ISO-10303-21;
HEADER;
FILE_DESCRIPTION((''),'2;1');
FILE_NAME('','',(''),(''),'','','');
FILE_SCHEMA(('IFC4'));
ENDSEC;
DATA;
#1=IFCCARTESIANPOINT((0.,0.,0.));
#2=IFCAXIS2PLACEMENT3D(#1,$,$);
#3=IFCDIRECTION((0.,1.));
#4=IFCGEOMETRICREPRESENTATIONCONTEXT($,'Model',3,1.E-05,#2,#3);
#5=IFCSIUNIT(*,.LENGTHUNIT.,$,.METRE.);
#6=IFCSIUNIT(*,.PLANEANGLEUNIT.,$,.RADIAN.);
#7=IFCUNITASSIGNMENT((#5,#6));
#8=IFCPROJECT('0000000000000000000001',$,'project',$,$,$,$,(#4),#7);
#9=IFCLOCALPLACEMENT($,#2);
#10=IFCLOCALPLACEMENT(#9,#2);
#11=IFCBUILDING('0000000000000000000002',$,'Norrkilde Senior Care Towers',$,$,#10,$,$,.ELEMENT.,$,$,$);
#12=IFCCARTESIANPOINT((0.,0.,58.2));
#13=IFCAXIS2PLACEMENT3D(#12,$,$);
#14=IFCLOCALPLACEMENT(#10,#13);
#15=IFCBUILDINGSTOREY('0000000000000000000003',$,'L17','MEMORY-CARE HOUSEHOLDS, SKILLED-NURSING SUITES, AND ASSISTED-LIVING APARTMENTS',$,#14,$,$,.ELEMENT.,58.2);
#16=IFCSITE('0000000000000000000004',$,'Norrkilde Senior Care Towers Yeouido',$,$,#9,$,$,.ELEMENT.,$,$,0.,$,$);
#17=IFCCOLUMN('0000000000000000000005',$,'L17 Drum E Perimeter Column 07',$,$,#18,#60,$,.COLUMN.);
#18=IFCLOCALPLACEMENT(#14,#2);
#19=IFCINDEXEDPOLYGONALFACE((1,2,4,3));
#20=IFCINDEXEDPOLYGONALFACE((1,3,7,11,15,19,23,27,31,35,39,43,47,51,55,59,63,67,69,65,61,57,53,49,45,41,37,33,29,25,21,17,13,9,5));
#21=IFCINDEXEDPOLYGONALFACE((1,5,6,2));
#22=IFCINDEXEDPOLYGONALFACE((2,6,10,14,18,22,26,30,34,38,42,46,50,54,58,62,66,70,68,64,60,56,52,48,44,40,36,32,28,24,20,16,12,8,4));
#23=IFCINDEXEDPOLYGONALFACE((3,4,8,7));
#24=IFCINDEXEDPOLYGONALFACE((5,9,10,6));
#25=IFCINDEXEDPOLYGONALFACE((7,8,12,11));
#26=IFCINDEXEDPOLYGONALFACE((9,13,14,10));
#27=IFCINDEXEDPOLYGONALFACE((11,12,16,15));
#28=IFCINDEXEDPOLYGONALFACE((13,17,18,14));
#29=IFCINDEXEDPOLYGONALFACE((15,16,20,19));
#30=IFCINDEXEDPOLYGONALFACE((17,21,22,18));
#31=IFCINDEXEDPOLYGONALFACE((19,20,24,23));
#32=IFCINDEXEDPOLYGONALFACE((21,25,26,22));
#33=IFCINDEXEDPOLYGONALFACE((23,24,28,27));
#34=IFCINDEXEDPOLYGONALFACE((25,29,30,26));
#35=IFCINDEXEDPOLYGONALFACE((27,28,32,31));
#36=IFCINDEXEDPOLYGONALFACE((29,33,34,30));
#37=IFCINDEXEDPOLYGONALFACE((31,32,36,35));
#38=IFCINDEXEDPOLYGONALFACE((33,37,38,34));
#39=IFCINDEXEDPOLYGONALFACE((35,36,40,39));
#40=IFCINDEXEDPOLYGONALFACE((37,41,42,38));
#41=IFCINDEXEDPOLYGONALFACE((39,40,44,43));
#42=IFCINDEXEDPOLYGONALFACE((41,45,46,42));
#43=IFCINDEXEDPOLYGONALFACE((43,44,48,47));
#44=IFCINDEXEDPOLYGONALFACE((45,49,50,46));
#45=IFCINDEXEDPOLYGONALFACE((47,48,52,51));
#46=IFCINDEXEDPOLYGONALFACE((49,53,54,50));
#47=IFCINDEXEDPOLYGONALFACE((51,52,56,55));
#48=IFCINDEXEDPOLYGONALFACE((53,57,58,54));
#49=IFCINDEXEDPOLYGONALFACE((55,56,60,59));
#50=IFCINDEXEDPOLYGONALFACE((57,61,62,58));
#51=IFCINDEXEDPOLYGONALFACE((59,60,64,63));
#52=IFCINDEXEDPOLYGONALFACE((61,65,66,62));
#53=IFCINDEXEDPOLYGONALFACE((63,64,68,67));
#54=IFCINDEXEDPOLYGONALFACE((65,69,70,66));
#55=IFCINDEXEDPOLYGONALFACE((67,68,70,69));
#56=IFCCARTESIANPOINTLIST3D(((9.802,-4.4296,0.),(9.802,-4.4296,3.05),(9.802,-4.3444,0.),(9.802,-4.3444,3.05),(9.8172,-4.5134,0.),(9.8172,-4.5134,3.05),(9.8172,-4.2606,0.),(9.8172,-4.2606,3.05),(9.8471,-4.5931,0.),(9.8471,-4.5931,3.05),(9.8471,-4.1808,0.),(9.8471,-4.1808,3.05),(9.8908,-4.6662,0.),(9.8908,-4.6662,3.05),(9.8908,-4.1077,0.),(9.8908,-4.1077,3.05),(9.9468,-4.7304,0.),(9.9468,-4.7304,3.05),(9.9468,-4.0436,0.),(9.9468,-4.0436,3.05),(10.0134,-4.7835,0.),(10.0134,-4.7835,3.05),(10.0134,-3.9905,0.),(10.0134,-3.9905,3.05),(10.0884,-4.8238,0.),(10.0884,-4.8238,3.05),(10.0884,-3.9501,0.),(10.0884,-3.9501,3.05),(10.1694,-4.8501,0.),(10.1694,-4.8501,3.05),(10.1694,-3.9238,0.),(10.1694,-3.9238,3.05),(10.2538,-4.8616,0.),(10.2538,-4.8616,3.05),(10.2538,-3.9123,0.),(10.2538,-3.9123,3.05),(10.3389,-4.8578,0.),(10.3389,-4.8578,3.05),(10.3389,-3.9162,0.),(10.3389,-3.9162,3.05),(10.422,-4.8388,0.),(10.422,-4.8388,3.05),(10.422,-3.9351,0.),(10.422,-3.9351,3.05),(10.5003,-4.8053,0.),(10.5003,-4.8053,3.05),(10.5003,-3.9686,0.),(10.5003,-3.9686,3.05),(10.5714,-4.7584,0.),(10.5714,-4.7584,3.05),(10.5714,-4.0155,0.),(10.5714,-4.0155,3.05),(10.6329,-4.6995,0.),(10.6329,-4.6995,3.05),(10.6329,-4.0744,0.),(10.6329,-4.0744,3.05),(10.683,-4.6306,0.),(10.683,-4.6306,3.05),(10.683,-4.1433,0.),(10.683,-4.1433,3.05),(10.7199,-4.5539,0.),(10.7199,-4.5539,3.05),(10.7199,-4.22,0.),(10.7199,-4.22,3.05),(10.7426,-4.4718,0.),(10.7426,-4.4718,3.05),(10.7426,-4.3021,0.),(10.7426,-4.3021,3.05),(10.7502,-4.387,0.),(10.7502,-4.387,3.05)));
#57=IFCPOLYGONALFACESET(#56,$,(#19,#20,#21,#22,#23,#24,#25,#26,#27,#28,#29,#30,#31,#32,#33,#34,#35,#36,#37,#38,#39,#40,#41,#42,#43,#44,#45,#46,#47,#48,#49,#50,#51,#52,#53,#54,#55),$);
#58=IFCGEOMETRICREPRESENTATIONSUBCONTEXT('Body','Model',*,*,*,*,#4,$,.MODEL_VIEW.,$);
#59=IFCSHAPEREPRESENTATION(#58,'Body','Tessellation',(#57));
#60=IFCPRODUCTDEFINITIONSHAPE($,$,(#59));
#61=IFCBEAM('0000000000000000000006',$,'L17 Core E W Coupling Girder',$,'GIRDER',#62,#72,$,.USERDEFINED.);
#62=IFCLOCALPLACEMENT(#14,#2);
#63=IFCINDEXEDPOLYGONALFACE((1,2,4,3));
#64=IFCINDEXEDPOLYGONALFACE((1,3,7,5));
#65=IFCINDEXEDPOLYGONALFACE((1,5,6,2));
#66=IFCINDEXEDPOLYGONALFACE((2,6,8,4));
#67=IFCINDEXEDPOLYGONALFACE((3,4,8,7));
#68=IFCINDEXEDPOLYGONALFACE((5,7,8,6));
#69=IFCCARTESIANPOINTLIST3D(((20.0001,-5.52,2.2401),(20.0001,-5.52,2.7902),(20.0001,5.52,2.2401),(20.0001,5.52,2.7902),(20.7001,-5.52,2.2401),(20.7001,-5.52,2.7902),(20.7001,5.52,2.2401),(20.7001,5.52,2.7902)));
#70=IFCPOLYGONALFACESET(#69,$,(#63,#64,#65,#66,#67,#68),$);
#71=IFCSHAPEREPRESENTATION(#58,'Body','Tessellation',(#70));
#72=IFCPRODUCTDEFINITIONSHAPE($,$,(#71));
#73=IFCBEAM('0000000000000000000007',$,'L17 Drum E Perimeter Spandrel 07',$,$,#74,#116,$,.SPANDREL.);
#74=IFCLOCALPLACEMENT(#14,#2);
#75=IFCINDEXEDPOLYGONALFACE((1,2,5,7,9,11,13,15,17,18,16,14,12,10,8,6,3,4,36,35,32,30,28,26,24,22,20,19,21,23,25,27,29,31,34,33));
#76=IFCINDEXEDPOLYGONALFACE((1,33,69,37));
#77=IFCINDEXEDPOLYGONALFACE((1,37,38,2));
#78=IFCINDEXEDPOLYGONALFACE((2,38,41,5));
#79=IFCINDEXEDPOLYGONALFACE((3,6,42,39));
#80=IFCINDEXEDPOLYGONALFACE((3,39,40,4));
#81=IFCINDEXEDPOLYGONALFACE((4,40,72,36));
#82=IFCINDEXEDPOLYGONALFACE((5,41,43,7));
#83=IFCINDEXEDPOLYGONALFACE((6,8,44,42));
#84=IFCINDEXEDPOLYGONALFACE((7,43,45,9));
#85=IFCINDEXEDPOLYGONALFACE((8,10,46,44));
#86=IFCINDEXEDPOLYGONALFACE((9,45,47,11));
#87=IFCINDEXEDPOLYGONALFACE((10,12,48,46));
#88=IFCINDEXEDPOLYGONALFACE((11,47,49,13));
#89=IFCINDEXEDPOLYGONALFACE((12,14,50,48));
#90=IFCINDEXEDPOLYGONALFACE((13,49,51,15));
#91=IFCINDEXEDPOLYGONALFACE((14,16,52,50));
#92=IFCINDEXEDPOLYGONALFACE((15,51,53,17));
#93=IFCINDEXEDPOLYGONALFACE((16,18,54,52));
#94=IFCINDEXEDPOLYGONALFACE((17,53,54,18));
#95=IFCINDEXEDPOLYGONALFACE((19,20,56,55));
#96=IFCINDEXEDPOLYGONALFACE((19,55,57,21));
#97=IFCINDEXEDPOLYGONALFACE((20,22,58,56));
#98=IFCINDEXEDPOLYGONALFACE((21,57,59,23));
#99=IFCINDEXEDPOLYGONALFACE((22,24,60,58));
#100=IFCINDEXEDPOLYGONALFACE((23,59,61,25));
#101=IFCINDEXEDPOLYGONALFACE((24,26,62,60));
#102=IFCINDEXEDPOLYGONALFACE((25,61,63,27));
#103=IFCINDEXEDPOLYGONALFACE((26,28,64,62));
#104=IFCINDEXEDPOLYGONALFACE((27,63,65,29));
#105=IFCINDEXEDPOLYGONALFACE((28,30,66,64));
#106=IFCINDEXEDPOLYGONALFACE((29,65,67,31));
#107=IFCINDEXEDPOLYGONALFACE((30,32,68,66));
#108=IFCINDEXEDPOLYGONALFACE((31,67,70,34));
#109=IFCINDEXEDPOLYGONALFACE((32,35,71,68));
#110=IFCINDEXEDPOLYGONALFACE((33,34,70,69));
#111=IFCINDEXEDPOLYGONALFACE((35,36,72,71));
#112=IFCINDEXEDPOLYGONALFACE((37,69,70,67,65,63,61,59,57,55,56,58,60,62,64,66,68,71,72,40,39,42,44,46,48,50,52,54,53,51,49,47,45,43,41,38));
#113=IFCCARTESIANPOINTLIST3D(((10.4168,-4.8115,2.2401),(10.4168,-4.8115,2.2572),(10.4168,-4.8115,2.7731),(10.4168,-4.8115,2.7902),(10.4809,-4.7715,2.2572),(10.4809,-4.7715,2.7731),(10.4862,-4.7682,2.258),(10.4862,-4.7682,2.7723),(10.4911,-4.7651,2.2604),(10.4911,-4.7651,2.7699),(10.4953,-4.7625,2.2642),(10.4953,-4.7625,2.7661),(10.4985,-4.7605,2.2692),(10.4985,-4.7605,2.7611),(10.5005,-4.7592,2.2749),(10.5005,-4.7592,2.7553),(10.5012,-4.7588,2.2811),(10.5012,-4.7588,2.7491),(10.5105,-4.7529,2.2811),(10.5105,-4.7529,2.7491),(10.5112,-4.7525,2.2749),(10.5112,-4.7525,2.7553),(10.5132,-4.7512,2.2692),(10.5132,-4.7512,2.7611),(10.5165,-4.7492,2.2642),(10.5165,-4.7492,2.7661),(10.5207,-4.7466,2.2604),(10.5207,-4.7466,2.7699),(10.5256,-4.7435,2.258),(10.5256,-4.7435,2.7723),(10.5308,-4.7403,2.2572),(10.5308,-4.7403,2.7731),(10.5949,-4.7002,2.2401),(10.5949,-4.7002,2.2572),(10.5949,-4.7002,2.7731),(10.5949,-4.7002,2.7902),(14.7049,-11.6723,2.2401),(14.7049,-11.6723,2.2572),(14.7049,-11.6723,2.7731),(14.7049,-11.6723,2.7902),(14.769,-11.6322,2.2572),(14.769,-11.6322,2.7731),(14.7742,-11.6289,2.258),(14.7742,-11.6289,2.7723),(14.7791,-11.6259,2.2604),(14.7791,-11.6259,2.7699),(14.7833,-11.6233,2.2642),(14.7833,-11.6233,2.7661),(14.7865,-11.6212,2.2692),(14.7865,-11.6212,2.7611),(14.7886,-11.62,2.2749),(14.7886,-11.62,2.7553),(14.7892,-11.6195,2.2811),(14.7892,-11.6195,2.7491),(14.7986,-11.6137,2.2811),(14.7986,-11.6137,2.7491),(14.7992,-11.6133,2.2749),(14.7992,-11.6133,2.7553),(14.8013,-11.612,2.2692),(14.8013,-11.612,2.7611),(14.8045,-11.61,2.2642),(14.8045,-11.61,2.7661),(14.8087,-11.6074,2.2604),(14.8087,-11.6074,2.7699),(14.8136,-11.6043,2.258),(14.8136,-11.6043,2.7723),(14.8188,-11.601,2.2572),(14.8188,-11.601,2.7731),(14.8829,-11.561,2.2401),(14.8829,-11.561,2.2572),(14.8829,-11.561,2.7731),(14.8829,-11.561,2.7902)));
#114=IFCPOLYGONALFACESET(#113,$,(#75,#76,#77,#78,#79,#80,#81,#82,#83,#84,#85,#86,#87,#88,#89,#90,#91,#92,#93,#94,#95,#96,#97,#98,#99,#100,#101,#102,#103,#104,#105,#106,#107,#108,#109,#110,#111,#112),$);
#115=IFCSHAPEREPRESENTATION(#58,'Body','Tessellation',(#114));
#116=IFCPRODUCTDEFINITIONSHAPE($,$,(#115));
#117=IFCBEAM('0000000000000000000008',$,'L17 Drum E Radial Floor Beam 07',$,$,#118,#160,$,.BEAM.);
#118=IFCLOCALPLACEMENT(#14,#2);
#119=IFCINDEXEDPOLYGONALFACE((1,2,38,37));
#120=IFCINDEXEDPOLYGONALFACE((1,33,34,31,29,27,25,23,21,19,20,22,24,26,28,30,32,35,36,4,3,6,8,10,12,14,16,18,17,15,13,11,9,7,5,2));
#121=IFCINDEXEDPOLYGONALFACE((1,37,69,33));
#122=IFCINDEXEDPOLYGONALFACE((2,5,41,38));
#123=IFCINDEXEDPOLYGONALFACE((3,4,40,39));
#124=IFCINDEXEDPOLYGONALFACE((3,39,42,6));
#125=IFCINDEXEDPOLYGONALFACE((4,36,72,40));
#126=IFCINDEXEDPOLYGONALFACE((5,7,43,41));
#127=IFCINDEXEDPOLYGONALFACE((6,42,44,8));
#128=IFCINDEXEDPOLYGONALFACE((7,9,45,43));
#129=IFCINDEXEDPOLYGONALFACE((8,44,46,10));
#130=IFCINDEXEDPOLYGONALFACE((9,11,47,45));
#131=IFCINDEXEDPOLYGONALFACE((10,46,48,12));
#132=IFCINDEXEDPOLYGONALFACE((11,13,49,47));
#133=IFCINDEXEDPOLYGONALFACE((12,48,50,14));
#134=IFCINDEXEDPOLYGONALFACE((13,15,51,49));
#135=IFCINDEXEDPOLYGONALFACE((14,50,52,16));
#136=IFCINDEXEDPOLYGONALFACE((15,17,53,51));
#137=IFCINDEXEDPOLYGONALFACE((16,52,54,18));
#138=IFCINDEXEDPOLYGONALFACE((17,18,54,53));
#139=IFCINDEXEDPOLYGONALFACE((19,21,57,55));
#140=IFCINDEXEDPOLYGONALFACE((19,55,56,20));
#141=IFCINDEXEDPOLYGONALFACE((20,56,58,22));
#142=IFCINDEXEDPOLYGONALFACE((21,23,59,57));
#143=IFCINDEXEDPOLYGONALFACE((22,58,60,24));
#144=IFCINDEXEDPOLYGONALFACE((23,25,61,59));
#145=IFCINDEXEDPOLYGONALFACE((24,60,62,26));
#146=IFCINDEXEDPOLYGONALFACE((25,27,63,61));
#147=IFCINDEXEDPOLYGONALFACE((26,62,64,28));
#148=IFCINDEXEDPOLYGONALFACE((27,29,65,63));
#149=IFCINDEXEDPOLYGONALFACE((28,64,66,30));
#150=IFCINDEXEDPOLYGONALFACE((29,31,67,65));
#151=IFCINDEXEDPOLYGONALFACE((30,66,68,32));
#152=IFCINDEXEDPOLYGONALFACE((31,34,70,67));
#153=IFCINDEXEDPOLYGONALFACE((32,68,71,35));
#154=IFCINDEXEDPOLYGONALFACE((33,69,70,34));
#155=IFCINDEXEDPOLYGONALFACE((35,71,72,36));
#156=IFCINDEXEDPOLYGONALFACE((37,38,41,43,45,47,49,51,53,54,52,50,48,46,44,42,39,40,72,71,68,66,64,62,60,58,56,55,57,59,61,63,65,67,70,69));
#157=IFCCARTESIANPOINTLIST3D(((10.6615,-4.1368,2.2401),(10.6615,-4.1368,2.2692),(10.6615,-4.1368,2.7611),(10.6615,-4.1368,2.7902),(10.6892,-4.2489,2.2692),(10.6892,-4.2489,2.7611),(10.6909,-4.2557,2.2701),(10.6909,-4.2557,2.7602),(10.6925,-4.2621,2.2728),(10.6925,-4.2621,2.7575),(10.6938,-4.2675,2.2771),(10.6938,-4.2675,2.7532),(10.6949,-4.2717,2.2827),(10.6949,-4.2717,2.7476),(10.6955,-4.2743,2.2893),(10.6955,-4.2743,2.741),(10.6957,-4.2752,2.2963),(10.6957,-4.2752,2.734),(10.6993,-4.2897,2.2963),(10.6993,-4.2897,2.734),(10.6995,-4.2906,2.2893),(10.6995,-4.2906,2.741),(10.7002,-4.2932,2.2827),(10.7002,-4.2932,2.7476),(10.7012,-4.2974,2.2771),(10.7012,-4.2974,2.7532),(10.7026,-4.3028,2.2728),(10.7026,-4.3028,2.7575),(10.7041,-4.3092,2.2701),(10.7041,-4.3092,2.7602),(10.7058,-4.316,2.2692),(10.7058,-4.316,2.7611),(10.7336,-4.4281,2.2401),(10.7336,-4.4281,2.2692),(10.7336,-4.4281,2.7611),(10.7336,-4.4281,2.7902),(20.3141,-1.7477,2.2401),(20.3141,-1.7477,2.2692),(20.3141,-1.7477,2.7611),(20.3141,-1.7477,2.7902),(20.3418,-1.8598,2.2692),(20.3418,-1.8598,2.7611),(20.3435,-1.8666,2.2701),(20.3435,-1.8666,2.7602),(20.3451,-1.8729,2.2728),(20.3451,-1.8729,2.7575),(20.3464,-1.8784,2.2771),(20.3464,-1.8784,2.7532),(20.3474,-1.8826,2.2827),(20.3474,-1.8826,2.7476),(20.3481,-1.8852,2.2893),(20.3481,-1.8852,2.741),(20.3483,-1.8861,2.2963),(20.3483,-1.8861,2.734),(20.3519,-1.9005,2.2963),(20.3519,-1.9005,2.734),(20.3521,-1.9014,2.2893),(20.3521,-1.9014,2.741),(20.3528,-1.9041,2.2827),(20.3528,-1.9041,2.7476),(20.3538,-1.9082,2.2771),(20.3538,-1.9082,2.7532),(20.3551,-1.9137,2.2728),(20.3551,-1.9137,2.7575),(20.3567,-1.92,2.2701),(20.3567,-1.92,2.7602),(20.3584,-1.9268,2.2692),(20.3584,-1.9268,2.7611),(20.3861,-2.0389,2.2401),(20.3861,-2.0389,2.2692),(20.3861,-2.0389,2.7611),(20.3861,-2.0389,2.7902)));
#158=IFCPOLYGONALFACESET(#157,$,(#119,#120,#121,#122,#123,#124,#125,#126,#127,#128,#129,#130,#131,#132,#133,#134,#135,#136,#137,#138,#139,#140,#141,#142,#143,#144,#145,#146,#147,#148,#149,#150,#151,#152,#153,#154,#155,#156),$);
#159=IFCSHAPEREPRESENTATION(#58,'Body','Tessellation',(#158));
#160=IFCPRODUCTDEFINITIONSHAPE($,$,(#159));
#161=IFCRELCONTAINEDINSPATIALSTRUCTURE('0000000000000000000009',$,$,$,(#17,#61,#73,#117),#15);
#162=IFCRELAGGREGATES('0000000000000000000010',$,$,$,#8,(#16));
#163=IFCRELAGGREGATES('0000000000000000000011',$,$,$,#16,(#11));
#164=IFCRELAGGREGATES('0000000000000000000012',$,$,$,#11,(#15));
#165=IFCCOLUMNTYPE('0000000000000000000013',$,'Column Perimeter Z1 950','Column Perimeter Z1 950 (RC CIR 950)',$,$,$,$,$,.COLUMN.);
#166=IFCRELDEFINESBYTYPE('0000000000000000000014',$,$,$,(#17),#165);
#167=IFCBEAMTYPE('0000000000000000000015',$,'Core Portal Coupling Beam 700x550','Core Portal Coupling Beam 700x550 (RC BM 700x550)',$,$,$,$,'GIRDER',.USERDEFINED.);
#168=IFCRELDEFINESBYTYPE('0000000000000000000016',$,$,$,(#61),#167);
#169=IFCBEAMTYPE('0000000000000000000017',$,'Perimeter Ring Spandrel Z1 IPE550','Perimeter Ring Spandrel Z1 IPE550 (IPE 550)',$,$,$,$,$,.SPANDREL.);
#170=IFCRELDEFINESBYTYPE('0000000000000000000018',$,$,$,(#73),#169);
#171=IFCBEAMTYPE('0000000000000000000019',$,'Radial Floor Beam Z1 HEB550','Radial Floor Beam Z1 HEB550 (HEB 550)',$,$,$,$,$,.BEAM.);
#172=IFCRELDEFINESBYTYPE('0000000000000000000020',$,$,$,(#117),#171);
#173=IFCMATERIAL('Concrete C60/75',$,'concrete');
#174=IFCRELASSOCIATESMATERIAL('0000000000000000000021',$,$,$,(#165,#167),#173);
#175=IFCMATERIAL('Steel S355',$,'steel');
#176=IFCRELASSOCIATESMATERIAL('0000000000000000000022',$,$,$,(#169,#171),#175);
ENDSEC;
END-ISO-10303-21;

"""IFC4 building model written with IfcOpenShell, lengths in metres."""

from ifc_helpers import new_model, si_unit, direction, frame, origin, origin_2d, place, context, subcontext, project, spatial, rectangle, circle, i_section, extrude, source, transform, mapped, material, material_profile, profile_set, type_object, type_shapes, element, save


model = new_model("IFC4")

# Units and contexts
model_context = context("Model", 3, precision=1e-05, world=origin(), true_north=direction((0.0, 1.0)))
body_context = subcontext(model_context, "Body", "Model", "MODEL_VIEW")
ifc_project = project(units=[si_unit("LENGTHUNIT", "METRE"), si_unit("PLANEANGLEUNIT", "RADIAN")], contexts=[model_context])

# Site, building, storey
site_placement = place(None, origin())
site = spatial("IfcSite", under=ifc_project, at=site_placement, Name="Norrkilde Senior Care Towers Yeouido", CompositionType="ELEMENT", RefElevation=0.0)
building_placement = place(site_placement, origin())
building = spatial("IfcBuilding", under=site, at=building_placement, Name="Norrkilde Senior Care Towers", CompositionType="ELEMENT")
storey_placement = place(building_placement, frame((0.0, 0.0, 58.2)))
storey = spatial("IfcBuildingStorey", under=building, at=storey_placement, Name="L17", Description="MEMORY-CARE HOUSEHOLDS, SKILLED-NURSING SUITES, AND ASSISTED-LIVING APARTMENTS", CompositionType="ELEMENT", Elevation=58.2)

# Column
ifc_material_1 = material(Name="Concrete C60/75", Category="concrete")
ifc_material_profile_1 = material_profile(ifc_material_1, circle(Radius=0.4751, at=origin_2d()), Name="RC CIR 950")
ifc_profile_set_1 = profile_set([ifc_material_profile_1], Name="Concrete C60/75")
column_type = type_object("IfcColumnType", Name="Column Perimeter Z1 950", Description="Column Perimeter Z1 950 (RC CIR 950)", PredefinedType="COLUMN", material=ifc_profile_set_1)
shared_shape_1 = source(origin(), body_context, "Body", "SweptSolid", [
    extrude(circle(Radius=0.4751, at=origin_2d()), origin(), (0.0, 0.0, 1.0), 3.05),
])
type_shapes(column_type, [shared_shape_1])
column_placement = place(storey_placement, frame((10.2751, -4.387, 0.0), z_axis=(0.0, 0.0, 1.0), x_axis=(1.0, 0.0, 0.0)))
element("IfcColumn", 1, at=column_placement, inside=storey, type_object=column_type, Name="L17 Drum E Perimeter Column 07", PredefinedType="COLUMN", context=body_context, shape_type="MappedRepresentation", body=[
    mapped(shared_shape_1, transform((0.0, 0.0, 0.0), x_axis=(1.0, 0.0, 0.0), y_axis=(0.0, 1.0, 0.0), z_axis=(0.0, 0.0, 1.0), scale=1.0)),
])

# Beams
ifc_material_profile_2 = material_profile(ifc_material_1, rectangle(XDim=0.7, YDim=0.55, at=origin_2d()), Name="RC BM 700x550")
ifc_profile_set_2 = profile_set([ifc_material_profile_2], Name="Concrete C60/75")
beam_type_1 = type_object("IfcBeamType", Name="Core Portal Coupling Beam 700x550", Description="Core Portal Coupling Beam 700x550 (RC BM 700x550)", ElementType="GIRDER", PredefinedType="USERDEFINED", material=ifc_profile_set_2)
shared_shape_2 = source(origin(), body_context, "Body", "SweptSolid", [
    extrude(rectangle(XDim=0.7, YDim=0.55, at=origin_2d()), origin(), (0.0, 0.0, 1.0), 11.04),
])
type_shapes(beam_type_1, [shared_shape_2])
beam_1_placement = place(storey_placement, frame((20.3501, -5.52, 2.5151), z_axis=(0.0, 1.0, 0.0), x_axis=(-1.0, 0.0, 0.0)))
element("IfcBeam", 2, at=beam_1_placement, inside=storey, type_object=beam_type_1, Name="L17 Core E W Coupling Girder", ObjectType="GIRDER", PredefinedType="USERDEFINED", context=body_context, shape_type="MappedRepresentation", body=[
    mapped(shared_shape_2, transform((0.0, 0.0, 0.0), x_axis=(1.0, 0.0, 0.0), y_axis=(0.0, 1.0, 0.0), z_axis=(0.0, 0.0, 1.0), scale=1.0)),
])
ifc_material_2 = material(Name="Steel S355", Category="steel")
ifc_material_profile_3 = material_profile(ifc_material_2, i_section(OverallWidth=0.21, OverallDepth=0.55, WebThickness=0.011, FlangeThickness=0.0171, FilletRadius=0.0239, at=origin_2d()), Name="IPE 550")
ifc_profile_set_3 = profile_set([ifc_material_profile_3], Name="Steel S355")
beam_type_2 = type_object("IfcBeamType", Name="Perimeter Ring Spandrel Z1 IPE550", Description="Perimeter Ring Spandrel Z1 IPE550 (IPE 550)", PredefinedType="SPANDREL", material=ifc_profile_set_3)
shared_shape_3 = source(origin(), body_context, "Body", "SweptSolid", [
    extrude(i_section(OverallWidth=0.21, OverallDepth=0.55, WebThickness=0.011, FlangeThickness=0.0171, FilletRadius=0.0239, at=origin_2d()), origin(), (0.0, 0.0, 1.0), 8.0906),
])
type_shapes(beam_type_2, [shared_shape_3])
beam_2_placement = place(storey_placement, frame((10.5059, -4.7559, 2.5151), z_axis=(0.530004, -0.847995, 0.0), x_axis=(0.847995, 0.530004, 0.0)))
element("IfcBeam", 3, at=beam_2_placement, inside=storey, type_object=beam_type_2, Name="L17 Drum E Perimeter Spandrel 07", PredefinedType="SPANDREL", context=body_context, shape_type="MappedRepresentation", body=[
    mapped(shared_shape_3, transform((0.0, 0.0, 0.0), x_axis=(1.0, 0.0, 0.0), y_axis=(0.0, 1.0, 0.0), z_axis=(0.0, 0.0, 1.0), scale=1.0)),
])
ifc_material_profile_4 = material_profile(ifc_material_2, i_section(OverallWidth=0.3, OverallDepth=0.55, WebThickness=0.0149, FlangeThickness=0.0291, FilletRadius=0.0271, at=origin_2d()), Name="HEB 550")
ifc_profile_set_4 = profile_set([ifc_material_profile_4], Name="Steel S355")
beam_type_3 = type_object("IfcBeamType", Name="Radial Floor Beam Z1 HEB550", Description="Radial Floor Beam Z1 HEB550 (HEB 550)", PredefinedType="BEAM", material=ifc_profile_set_4)
shared_shape_4 = source(origin(), body_context, "Body", "SweptSolid", [
    extrude(i_section(OverallWidth=0.3, OverallDepth=0.55, WebThickness=0.0149, FlangeThickness=0.0291, FilletRadius=0.0271, at=origin_2d()), origin(), (0.0, 0.0, 1.0), 9.9438),
])
type_shapes(beam_type_3, [shared_shape_4])
beam_3_placement = place(storey_placement, frame((20.3501, -1.8933, 2.5151), z_axis=(-0.970707, -0.240265, 0.0), x_axis=(0.240265, -0.970707, 0.0)))
element("IfcBeam", 4, at=beam_3_placement, inside=storey, type_object=beam_type_3, Name="L17 Drum E Radial Floor Beam 07", PredefinedType="BEAM", context=body_context, shape_type="MappedRepresentation", body=[
    mapped(shared_shape_4, transform((0.0, 0.0, 0.0), x_axis=(1.0, 0.0, 0.0), y_axis=(0.0, 1.0, 0.0), z_axis=(0.0, 0.0, 1.0), scale=1.0)),
])

save(model, "model.ifc")
